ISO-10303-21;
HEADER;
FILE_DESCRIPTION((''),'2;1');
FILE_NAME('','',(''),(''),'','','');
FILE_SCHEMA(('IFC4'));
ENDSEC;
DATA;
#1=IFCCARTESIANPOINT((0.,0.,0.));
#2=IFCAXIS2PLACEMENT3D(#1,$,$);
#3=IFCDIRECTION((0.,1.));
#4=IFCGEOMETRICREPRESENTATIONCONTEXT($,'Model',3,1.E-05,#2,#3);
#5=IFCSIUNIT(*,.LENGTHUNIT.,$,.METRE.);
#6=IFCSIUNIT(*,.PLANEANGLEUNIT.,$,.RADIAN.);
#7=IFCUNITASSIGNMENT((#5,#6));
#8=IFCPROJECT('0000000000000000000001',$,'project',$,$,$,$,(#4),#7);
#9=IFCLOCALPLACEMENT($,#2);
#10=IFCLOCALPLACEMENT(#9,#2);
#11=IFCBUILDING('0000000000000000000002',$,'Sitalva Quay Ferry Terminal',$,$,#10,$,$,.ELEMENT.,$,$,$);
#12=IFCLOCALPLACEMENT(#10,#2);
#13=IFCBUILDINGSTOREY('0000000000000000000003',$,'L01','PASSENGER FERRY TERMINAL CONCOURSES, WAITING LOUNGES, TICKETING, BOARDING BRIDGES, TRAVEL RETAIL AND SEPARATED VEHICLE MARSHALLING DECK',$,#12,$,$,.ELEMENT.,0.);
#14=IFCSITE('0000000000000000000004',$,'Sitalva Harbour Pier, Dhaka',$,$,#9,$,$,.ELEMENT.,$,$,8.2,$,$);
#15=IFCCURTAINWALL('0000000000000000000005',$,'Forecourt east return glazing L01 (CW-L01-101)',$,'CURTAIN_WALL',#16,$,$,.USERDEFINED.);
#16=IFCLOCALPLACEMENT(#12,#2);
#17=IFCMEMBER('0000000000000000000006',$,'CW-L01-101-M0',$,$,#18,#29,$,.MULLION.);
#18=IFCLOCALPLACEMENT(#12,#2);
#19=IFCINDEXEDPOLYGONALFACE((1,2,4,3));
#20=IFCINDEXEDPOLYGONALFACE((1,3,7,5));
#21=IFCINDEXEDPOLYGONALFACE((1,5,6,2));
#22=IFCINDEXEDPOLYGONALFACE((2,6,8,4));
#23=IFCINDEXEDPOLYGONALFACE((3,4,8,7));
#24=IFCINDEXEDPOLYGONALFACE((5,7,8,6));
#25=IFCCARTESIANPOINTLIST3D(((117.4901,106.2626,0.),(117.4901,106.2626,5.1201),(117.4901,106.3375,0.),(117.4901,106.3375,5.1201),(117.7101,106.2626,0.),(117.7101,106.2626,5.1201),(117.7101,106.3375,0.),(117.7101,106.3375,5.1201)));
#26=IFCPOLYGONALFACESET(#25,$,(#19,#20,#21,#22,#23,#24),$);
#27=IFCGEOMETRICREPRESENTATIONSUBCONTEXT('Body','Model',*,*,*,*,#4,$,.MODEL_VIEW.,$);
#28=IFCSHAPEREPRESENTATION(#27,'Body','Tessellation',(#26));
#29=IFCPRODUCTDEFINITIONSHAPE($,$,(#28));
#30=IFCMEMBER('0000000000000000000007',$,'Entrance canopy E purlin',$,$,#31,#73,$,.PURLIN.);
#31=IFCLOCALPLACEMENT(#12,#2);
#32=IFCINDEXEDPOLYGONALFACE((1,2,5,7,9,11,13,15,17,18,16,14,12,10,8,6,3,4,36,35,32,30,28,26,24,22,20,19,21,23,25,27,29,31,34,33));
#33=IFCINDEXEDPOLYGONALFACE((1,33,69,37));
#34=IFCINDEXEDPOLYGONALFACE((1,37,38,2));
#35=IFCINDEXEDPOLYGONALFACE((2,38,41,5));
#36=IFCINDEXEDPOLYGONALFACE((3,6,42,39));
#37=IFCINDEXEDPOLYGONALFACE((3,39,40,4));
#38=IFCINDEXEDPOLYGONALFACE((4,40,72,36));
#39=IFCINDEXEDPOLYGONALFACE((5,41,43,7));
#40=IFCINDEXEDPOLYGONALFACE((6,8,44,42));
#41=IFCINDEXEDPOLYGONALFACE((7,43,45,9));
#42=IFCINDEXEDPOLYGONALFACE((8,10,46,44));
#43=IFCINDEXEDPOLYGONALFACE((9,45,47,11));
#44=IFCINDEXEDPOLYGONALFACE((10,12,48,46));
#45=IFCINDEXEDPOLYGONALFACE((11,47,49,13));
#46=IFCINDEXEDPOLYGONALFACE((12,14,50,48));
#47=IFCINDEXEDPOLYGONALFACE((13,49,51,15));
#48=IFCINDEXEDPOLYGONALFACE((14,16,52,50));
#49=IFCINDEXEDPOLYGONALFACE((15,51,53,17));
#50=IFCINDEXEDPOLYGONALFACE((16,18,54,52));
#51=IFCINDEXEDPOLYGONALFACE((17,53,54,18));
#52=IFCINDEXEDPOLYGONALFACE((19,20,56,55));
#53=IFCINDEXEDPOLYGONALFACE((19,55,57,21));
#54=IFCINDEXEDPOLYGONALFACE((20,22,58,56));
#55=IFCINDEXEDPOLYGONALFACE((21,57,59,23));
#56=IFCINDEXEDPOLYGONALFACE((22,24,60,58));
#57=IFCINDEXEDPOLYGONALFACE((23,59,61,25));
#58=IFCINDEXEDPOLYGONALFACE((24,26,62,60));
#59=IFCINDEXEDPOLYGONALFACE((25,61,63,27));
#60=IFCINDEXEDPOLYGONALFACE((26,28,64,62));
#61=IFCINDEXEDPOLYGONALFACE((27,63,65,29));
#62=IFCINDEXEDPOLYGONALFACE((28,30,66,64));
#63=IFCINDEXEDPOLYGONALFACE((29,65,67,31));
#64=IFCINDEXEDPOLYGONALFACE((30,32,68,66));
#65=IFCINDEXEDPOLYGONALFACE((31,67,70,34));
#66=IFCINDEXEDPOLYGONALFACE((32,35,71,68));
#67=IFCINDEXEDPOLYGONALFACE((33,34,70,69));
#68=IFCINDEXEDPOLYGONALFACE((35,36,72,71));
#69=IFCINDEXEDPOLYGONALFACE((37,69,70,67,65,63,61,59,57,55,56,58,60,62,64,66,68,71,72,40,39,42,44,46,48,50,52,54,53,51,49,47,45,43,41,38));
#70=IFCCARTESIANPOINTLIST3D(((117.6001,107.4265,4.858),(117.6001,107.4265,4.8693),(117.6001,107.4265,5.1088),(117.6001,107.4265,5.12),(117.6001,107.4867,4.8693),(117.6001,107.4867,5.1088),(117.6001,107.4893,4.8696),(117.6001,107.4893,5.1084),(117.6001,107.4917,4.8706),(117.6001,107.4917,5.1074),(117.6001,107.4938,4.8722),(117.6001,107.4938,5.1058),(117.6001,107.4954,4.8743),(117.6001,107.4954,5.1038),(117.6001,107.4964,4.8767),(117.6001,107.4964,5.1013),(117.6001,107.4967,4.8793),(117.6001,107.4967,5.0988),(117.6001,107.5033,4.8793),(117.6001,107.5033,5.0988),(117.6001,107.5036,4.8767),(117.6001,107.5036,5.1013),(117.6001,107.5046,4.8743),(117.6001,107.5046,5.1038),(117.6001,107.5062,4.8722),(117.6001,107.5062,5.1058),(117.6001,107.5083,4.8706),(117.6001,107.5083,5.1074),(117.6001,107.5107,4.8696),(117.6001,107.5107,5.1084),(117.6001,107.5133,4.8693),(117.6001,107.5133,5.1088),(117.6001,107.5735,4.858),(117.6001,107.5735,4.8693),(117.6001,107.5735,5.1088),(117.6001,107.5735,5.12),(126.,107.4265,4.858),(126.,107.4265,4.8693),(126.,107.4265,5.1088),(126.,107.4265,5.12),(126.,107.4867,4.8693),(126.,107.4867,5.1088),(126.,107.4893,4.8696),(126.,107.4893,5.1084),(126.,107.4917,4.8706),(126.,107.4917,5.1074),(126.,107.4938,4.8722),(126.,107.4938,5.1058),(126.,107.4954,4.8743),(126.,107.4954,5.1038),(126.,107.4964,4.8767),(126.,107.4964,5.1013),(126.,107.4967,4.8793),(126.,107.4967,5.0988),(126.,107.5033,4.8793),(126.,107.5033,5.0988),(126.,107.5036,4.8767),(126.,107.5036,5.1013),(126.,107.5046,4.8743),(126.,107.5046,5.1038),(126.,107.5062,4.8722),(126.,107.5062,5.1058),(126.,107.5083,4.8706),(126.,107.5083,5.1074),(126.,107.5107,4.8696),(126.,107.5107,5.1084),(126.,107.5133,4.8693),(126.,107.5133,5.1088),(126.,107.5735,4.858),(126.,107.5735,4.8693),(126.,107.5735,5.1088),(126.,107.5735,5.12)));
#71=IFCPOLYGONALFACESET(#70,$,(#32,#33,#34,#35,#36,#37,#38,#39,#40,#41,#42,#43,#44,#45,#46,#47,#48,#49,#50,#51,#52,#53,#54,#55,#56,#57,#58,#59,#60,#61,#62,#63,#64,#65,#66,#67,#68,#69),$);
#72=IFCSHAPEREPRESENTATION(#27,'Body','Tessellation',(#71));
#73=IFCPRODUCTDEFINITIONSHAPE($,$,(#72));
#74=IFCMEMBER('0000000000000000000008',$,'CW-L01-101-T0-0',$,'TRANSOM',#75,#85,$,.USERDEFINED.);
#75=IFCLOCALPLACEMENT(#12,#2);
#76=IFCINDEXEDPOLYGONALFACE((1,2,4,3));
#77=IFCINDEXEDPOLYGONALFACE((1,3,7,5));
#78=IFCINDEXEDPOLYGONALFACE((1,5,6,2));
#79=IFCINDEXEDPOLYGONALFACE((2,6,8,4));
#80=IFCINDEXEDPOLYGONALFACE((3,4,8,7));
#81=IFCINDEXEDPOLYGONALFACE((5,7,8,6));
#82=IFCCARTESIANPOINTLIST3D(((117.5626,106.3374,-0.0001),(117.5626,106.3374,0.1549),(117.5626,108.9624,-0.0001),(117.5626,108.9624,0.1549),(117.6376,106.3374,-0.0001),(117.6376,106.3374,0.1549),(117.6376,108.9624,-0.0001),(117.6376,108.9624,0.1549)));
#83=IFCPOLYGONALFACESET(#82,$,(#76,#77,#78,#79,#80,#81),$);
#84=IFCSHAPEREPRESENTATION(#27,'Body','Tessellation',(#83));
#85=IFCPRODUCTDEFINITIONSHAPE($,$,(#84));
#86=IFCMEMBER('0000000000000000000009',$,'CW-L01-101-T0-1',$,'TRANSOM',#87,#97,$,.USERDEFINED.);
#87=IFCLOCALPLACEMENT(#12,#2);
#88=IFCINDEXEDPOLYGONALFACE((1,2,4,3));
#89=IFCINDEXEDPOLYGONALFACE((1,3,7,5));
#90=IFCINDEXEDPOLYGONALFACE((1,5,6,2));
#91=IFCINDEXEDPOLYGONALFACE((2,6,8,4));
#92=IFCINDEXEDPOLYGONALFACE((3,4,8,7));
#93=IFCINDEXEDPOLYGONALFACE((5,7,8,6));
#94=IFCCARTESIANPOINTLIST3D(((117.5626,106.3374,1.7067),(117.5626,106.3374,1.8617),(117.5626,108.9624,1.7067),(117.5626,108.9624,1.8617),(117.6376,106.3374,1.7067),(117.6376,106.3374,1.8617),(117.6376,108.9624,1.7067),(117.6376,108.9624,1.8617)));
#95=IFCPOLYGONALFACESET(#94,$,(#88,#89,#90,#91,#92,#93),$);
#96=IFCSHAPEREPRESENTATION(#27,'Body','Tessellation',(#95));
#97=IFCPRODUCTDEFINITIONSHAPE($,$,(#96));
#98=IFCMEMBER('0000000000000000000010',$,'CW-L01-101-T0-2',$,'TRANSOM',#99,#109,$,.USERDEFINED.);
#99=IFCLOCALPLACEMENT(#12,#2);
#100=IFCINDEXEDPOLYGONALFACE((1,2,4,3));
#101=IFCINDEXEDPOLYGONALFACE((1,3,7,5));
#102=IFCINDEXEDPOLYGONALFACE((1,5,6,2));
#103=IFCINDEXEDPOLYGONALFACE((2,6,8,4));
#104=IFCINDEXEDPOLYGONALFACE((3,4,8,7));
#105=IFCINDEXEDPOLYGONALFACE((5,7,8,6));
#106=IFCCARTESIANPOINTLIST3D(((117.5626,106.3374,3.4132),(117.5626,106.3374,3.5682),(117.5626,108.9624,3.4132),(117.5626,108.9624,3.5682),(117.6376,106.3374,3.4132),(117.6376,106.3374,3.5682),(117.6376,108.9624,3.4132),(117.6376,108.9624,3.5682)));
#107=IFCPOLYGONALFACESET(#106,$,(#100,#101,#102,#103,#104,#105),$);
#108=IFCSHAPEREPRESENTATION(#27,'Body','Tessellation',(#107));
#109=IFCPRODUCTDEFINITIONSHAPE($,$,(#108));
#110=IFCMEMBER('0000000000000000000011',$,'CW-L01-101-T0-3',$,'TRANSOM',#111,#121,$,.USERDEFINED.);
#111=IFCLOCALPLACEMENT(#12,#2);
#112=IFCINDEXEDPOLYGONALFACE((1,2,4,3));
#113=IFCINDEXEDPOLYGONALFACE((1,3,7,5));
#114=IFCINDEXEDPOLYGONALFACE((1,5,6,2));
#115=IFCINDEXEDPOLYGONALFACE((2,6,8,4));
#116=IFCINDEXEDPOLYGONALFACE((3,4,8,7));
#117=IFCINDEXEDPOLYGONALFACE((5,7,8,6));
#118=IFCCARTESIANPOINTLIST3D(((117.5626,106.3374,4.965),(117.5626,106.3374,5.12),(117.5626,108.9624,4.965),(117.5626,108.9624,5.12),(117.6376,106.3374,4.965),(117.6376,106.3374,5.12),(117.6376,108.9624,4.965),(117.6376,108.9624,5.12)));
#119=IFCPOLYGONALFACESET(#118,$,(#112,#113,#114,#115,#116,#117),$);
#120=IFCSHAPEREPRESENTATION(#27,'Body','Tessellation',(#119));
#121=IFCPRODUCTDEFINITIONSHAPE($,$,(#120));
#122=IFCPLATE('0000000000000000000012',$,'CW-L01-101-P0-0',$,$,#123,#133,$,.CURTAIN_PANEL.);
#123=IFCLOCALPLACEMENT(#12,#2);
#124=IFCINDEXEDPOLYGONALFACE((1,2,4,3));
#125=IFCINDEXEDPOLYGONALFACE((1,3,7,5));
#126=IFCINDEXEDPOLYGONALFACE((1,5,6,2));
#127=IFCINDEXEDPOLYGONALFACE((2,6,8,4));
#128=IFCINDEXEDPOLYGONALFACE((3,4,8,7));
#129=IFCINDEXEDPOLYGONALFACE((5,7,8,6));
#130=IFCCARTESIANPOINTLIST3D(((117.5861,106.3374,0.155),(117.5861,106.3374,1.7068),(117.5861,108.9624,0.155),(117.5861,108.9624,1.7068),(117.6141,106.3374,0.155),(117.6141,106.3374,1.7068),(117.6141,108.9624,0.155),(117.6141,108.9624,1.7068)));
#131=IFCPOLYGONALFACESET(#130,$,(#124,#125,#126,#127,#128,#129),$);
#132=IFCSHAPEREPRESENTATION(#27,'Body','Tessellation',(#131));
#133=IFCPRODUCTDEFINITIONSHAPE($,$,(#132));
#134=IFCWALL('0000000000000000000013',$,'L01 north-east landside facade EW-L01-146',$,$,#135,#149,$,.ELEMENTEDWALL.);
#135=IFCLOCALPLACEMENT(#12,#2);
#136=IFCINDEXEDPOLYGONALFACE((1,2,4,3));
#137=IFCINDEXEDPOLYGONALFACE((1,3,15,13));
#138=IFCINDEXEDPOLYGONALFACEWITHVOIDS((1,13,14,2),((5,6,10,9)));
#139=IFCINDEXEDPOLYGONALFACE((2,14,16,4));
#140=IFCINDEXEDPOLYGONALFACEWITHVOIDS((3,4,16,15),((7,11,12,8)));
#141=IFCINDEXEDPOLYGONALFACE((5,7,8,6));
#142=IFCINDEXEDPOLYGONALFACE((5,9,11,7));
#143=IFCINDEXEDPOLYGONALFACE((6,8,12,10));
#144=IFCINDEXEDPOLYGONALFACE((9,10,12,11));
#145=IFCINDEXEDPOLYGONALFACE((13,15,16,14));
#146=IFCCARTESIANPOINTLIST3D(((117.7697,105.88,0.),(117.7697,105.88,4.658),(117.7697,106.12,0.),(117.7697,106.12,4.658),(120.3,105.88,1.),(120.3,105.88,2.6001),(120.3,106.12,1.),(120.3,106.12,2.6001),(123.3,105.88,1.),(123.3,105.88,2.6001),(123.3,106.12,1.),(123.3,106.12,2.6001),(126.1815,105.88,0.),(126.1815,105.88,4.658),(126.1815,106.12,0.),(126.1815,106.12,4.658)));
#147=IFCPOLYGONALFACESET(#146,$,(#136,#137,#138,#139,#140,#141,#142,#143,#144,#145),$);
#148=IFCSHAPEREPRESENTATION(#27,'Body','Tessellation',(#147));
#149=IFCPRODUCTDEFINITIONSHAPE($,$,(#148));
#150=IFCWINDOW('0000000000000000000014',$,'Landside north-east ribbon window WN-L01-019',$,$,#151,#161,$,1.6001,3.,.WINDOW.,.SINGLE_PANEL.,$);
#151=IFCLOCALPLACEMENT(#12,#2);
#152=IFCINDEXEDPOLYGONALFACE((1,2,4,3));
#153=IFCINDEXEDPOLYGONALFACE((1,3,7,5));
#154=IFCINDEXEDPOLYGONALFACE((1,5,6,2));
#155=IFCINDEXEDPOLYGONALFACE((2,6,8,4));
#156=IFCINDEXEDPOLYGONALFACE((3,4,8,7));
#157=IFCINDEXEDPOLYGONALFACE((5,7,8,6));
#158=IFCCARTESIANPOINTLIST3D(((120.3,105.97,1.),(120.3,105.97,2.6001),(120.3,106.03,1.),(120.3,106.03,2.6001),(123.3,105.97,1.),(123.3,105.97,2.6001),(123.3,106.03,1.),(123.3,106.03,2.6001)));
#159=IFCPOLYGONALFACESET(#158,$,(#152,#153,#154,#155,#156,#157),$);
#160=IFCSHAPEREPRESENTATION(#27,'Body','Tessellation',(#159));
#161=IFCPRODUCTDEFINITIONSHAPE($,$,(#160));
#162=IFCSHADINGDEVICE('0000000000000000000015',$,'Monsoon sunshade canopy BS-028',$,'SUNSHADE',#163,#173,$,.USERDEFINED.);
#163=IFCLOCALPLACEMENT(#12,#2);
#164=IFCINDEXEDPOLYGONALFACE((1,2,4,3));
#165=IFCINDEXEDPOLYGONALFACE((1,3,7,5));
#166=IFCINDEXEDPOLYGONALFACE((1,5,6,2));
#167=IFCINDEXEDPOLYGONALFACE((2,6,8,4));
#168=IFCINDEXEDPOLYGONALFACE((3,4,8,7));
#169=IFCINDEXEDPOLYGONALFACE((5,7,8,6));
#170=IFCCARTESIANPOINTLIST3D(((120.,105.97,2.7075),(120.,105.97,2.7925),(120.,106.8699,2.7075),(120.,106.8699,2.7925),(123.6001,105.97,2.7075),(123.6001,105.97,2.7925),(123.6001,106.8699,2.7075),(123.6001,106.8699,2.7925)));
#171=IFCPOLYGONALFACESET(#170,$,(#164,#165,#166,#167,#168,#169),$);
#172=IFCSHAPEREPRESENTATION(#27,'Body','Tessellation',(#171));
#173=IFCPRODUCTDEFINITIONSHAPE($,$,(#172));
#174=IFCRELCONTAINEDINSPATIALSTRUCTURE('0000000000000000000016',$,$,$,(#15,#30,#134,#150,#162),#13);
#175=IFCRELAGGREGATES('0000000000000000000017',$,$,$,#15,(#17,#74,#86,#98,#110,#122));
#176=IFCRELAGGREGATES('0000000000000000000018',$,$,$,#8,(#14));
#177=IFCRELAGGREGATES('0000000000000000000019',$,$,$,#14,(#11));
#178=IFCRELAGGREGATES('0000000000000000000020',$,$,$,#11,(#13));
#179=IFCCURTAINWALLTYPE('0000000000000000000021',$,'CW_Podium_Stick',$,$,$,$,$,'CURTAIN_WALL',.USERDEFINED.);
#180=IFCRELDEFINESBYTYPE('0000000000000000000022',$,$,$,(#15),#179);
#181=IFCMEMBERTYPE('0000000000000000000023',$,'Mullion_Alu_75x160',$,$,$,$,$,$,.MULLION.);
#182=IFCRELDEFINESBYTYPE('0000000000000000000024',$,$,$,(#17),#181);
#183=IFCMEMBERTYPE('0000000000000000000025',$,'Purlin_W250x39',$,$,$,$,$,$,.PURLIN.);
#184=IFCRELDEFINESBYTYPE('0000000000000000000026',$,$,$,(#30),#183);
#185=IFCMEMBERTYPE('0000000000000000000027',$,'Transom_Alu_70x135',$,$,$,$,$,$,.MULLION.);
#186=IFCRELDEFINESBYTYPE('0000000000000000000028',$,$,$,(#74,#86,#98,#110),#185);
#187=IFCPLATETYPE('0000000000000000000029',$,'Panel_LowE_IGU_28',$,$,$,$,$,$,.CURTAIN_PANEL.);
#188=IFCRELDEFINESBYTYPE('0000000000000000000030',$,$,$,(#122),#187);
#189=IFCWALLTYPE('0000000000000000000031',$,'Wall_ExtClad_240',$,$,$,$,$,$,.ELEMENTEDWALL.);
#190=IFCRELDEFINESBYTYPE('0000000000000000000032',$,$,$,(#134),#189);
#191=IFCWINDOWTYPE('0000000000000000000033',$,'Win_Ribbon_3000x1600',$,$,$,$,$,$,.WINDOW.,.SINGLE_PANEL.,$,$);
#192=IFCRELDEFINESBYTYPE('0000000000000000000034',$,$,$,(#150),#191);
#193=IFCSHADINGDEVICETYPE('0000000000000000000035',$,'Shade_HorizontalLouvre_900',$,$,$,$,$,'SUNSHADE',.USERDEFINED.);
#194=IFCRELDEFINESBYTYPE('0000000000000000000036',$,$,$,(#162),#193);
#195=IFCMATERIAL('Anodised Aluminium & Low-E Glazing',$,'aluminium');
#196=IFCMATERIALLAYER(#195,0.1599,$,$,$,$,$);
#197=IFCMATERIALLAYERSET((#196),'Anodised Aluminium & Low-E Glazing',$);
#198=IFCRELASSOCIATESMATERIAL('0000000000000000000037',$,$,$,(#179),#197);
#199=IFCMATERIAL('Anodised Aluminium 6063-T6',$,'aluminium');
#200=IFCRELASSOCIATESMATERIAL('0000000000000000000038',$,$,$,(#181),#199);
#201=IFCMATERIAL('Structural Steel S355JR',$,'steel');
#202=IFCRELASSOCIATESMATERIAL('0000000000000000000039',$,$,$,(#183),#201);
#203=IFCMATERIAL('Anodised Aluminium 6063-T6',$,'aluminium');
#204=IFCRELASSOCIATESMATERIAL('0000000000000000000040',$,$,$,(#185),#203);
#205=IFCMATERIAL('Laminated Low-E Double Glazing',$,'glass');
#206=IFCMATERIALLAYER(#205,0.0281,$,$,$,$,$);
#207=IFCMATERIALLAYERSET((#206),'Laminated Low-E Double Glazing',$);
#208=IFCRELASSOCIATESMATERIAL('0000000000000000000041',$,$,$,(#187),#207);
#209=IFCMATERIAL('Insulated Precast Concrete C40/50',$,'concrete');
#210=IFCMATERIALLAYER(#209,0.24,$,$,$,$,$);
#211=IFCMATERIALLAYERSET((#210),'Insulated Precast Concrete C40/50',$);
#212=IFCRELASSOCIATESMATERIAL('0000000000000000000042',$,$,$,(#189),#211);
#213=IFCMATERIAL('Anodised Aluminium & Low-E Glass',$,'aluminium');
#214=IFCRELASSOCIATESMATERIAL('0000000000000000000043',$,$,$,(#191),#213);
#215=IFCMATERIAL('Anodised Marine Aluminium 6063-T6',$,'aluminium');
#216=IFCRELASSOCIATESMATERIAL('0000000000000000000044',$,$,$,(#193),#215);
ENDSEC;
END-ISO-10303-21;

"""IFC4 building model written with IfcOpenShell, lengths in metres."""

from ifc_helpers import new_model, si_unit, direction, frame, frame_2d, origin, origin_2d, place, context, subcontext, project, spatial, rectangle, i_section, extrude, material, layer, layer_set, material_profile, profile_set, type_object, element, fill, aggregate, save


model = new_model("IFC4")

# Units and contexts
model_context = context("Model", 3, precision=1e-05, world=origin(), true_north=direction((0.0, 1.0)))
body_context = subcontext(model_context, "Body", "Model", "MODEL_VIEW")
ifc_project = project(units=[si_unit("LENGTHUNIT", "METRE"), si_unit("PLANEANGLEUNIT", "RADIAN")], contexts=[model_context])

# Site, building, storey
site_placement = place(None, origin())
site = spatial("IfcSite", under=ifc_project, at=site_placement, Name="Sitalva Harbour Pier, Dhaka", CompositionType="ELEMENT", RefElevation=8.2)
building_placement = place(site_placement, origin())
building = spatial("IfcBuilding", under=site, at=building_placement, Name="Sitalva Quay Ferry Terminal", CompositionType="ELEMENT")
storey_placement = place(building_placement, origin())
storey = spatial("IfcBuildingStorey", under=building, at=storey_placement, Name="L01", Description="PASSENGER FERRY TERMINAL CONCOURSES, WAITING LOUNGES, TICKETING, BOARDING BRIDGES, TRAVEL RETAIL AND SEPARATED VEHICLE MARSHALLING DECK", CompositionType="ELEMENT", Elevation=0.0)

# Curtain wall, member
ifc_material_1 = material(Name="Anodised Aluminium & Low-E Glazing", Category="aluminium")
ifc_layer_1 = layer(ifc_material_1, 0.1599)
ifc_layer_set_1 = layer_set([ifc_layer_1], Name="Anodised Aluminium & Low-E Glazing")
curtain_wall_type = type_object("IfcCurtainWallType", Name="CW_Podium_Stick", ElementType="CURTAIN_WALL", PredefinedType="USERDEFINED", material=ifc_layer_set_1)
curtain_wall_placement = place(storey_placement, origin())
curtain_wall = element("IfcCurtainWall", 1, at=curtain_wall_placement, inside=storey, type_object=curtain_wall_type, Name="Forecourt east return glazing L01 (CW-L01-101)", ObjectType="CURTAIN_WALL", PredefinedType="USERDEFINED")
ifc_material_2 = material(Name="Anodised Aluminium 6063-T6", Category="aluminium")
ifc_material_profile_1 = material_profile(ifc_material_2, rectangle(XDim=0.075, YDim=0.22, at=origin_2d()), Name="ALU75x220")
ifc_profile_set_1 = profile_set([ifc_material_profile_1], Name="Anodised Aluminium 6063-T6")
member_type_1 = type_object("IfcMemberType", Name="Mullion_Alu_75x160", PredefinedType="MULLION", material=ifc_profile_set_1)
member_1_placement = place(storey_placement, frame((117.6001, 106.3, 0.0), z_axis=(0.0, 0.0, 1.0), x_axis=(0.0, 1.0, 0.0)))
member_1 = element("IfcMember", 2, at=member_1_placement, type_object=member_type_1, Name="CW-L01-101-M0", PredefinedType="MULLION", context=body_context, shape_type="SweptSolid", body=[
    extrude(rectangle(XDim=0.075, YDim=0.22, at=origin_2d()), origin(), (0.0, 0.0, 1.0), 5.1201),
])

# Members
ifc_material_3 = material(Name="Structural Steel S355JR", Category="steel")
ifc_material_profile_2 = material_profile(ifc_material_3, i_section(OverallWidth=0.147, OverallDepth=0.262, WebThickness=0.0066, FlangeThickness=0.0112, FilletRadius=0.01, at=origin_2d()), Name="W250x39")
ifc_profile_set_2 = profile_set([ifc_material_profile_2], Name="Structural Steel S355JR")
member_type_2 = type_object("IfcMemberType", Name="Purlin_W250x39", PredefinedType="PURLIN", material=ifc_profile_set_2)
member_2_placement = place(storey_placement, frame((117.6001, 107.5, 4.989), z_axis=(1.0, 0.0, 0.0), x_axis=(0.0, 1.0, 0.0)))
element("IfcMember", 3, at=member_2_placement, inside=storey, type_object=member_type_2, Name="Entrance canopy E purlin", PredefinedType="PURLIN", context=body_context, shape_type="SweptSolid", body=[
    extrude(i_section(OverallWidth=0.147, OverallDepth=0.262, WebThickness=0.0066, FlangeThickness=0.0112, FilletRadius=0.01, at=origin_2d()), origin(), (0.0, 0.0, 1.0), 8.3999),
])
ifc_material_4 = material(Name="Anodised Aluminium 6063-T6", Category="aluminium")
ifc_material_profile_3 = material_profile(ifc_material_4, rectangle(XDim=0.075, YDim=0.155, at=origin_2d()), Name="ALU75x155")
ifc_profile_set_3 = profile_set([ifc_material_profile_3], Name="Anodised Aluminium 6063-T6")
member_type_3 = type_object("IfcMemberType", Name="Transom_Alu_70x135", PredefinedType="MULLION", material=ifc_profile_set_3)
member_3_placement = place(storey_placement, frame((117.6001, 106.3374, 0.0774), z_axis=(0.0, 1.0, 0.0), x_axis=(-1.0, 0.0, 0.0)))
member_3 = element("IfcMember", 4, at=member_3_placement, type_object=member_type_3, Name="CW-L01-101-T0-0", ObjectType="TRANSOM", PredefinedType="USERDEFINED", context=body_context, shape_type="SweptSolid", body=[
    extrude(rectangle(XDim=0.075, YDim=0.155, at=origin_2d()), origin(), (0.0, 0.0, 1.0), 2.625),
])
member_4_placement = place(storey_placement, frame((117.6001, 106.3374, 1.7842), z_axis=(0.0, 1.0, 0.0), x_axis=(-1.0, 0.0, 0.0)))
member_4 = element("IfcMember", 5, at=member_4_placement, type_object=member_type_3, Name="CW-L01-101-T0-1", ObjectType="TRANSOM", PredefinedType="USERDEFINED", context=body_context, shape_type="SweptSolid", body=[
    extrude(rectangle(XDim=0.075, YDim=0.155, at=origin_2d()), origin(), (0.0, 0.0, 1.0), 2.625),
])
member_5_placement = place(storey_placement, frame((117.6001, 106.3374, 3.4907), z_axis=(0.0, 1.0, 0.0), x_axis=(-1.0, 0.0, 0.0)))
member_5 = element("IfcMember", 6, at=member_5_placement, type_object=member_type_3, Name="CW-L01-101-T0-2", ObjectType="TRANSOM", PredefinedType="USERDEFINED", context=body_context, shape_type="SweptSolid", body=[
    extrude(rectangle(XDim=0.075, YDim=0.155, at=origin_2d()), origin(), (0.0, 0.0, 1.0), 2.625),
])
member_6_placement = place(storey_placement, frame((117.6001, 106.3374, 5.0425), z_axis=(0.0, 1.0, 0.0), x_axis=(-1.0, 0.0, 0.0)))
member_6 = element("IfcMember", 7, at=member_6_placement, type_object=member_type_3, Name="CW-L01-101-T0-3", ObjectType="TRANSOM", PredefinedType="USERDEFINED", context=body_context, shape_type="SweptSolid", body=[
    extrude(rectangle(XDim=0.075, YDim=0.155, at=origin_2d()), origin(), (0.0, 0.0, 1.0), 2.625),
])

# Plate
ifc_material_5 = material(Name="Laminated Low-E Double Glazing", Category="glass")
ifc_layer_2 = layer(ifc_material_5, 0.0281)
ifc_layer_set_2 = layer_set([ifc_layer_2], Name="Laminated Low-E Double Glazing")
plate_type = type_object("IfcPlateType", Name="Panel_LowE_IGU_28", PredefinedType="CURTAIN_PANEL", material=ifc_layer_set_2)
plate_placement = place(storey_placement, frame((117.6001, 107.6499, 0.155), z_axis=(0.0, 0.0, 1.0), x_axis=(0.0, 1.0, 0.0)))
plate = element("IfcPlate", 8, at=plate_placement, type_object=plate_type, Name="CW-L01-101-P0-0", PredefinedType="CURTAIN_PANEL", context=body_context, shape_type="SweptSolid", body=[
    extrude(rectangle(XDim=2.625, YDim=0.0281, at=origin_2d()), origin(), (0.0, 0.0, 1.0), 1.5518),
])
aggregate(curtain_wall, [member_1, member_3, member_4, member_5, member_6, plate])

# Wall, opening, window
ifc_material_6 = material(Name="Insulated Precast Concrete C40/50", Category="concrete")
ifc_layer_3 = layer(ifc_material_6, 0.24)
ifc_layer_set_3 = layer_set([ifc_layer_3], Name="Insulated Precast Concrete C40/50")
wall_type = type_object("IfcWallType", Name="Wall_ExtClad_240", PredefinedType="ELEMENTEDWALL", material=ifc_layer_set_3)
wall_placement = place(storey_placement, frame((117.7695, 106.0, 0.0), z_axis=(0.0, 0.0, 1.0), x_axis=(1.0, 0.0, 0.0)))
wall = element("IfcWall", 9, at=wall_placement, inside=storey, type_object=wall_type, Name="L01 north-east landside facade EW-L01-146", PredefinedType="ELEMENTEDWALL", context=body_context, shape_type="SweptSolid", body=[
    extrude(rectangle(XDim=8.4119, YDim=0.24, at=frame_2d((4.2061, 0.0))), origin(), (0.0, 0.0, 1.0), 4.658),
])
opening_placement = place(wall_placement, frame((2.5305, 0.0, 1.0)))
opening = element("IfcOpeningElement", 10, at=opening_placement, cuts=wall, PredefinedType="OPENING", context=body_context, shape_type="SweptSolid", body=[
    extrude(rectangle(XDim=3.0, YDim=1.6001, at=frame_2d((1.5, 0.8))), frame((0.0, 0.1299, 0.0), z_axis=(0.0, -1.0, 0.0), x_axis=(1.0, 0.0, 0.0)), (0.0, 0.0, 1.0), 0.26),
])
ifc_material_7 = material(Name="Anodised Aluminium & Low-E Glass", Category="aluminium")
window_type = type_object("IfcWindowType", Name="Win_Ribbon_3000x1600", PartitioningType="SINGLE_PANEL", PredefinedType="WINDOW", material=ifc_material_7)
window_placement = place(opening_placement, origin())
window = element("IfcWindow", 11, at=window_placement, inside=storey, type_object=window_type, Name="Landside north-east ribbon window WN-L01-019", OverallHeight=1.6001, OverallWidth=3.0, PartitioningType="SINGLE_PANEL", PredefinedType="WINDOW", context=body_context, shape_type="SweptSolid", body=[
    extrude(rectangle(XDim=3.0, YDim=1.6001, at=frame_2d((1.5, 0.8))), frame((0.0, 0.03, 0.0), z_axis=(0.0, -1.0, 0.0), x_axis=(1.0, 0.0, 0.0)), (0.0, 0.0, 1.0), 0.0601),
])
fill(opening, window)

# Shading device
ifc_material_8 = material(Name="Anodised Marine Aluminium 6063-T6", Category="aluminium")
shading_device_type = type_object("IfcShadingDeviceType", Name="Shade_HorizontalLouvre_900", ElementType="SUNSHADE", PredefinedType="USERDEFINED", material=ifc_material_8)
shading_device_placement = place(storey_placement, frame((121.8, 106.4199, 2.7075), z_axis=(0.0, 0.0, 1.0), x_axis=(1.0, 0.0, 0.0)))
element("IfcShadingDevice", 12, at=shading_device_placement, inside=storey, type_object=shading_device_type, Name="Monsoon sunshade canopy BS-028", ObjectType="SUNSHADE", PredefinedType="USERDEFINED", context=body_context, shape_type="SweptSolid", body=[
    extrude(rectangle(XDim=3.6001, YDim=0.8999, at=origin_2d()), origin(), (0.0, 0.0, 1.0), 0.085),
])

save(model, "model.ifc")
